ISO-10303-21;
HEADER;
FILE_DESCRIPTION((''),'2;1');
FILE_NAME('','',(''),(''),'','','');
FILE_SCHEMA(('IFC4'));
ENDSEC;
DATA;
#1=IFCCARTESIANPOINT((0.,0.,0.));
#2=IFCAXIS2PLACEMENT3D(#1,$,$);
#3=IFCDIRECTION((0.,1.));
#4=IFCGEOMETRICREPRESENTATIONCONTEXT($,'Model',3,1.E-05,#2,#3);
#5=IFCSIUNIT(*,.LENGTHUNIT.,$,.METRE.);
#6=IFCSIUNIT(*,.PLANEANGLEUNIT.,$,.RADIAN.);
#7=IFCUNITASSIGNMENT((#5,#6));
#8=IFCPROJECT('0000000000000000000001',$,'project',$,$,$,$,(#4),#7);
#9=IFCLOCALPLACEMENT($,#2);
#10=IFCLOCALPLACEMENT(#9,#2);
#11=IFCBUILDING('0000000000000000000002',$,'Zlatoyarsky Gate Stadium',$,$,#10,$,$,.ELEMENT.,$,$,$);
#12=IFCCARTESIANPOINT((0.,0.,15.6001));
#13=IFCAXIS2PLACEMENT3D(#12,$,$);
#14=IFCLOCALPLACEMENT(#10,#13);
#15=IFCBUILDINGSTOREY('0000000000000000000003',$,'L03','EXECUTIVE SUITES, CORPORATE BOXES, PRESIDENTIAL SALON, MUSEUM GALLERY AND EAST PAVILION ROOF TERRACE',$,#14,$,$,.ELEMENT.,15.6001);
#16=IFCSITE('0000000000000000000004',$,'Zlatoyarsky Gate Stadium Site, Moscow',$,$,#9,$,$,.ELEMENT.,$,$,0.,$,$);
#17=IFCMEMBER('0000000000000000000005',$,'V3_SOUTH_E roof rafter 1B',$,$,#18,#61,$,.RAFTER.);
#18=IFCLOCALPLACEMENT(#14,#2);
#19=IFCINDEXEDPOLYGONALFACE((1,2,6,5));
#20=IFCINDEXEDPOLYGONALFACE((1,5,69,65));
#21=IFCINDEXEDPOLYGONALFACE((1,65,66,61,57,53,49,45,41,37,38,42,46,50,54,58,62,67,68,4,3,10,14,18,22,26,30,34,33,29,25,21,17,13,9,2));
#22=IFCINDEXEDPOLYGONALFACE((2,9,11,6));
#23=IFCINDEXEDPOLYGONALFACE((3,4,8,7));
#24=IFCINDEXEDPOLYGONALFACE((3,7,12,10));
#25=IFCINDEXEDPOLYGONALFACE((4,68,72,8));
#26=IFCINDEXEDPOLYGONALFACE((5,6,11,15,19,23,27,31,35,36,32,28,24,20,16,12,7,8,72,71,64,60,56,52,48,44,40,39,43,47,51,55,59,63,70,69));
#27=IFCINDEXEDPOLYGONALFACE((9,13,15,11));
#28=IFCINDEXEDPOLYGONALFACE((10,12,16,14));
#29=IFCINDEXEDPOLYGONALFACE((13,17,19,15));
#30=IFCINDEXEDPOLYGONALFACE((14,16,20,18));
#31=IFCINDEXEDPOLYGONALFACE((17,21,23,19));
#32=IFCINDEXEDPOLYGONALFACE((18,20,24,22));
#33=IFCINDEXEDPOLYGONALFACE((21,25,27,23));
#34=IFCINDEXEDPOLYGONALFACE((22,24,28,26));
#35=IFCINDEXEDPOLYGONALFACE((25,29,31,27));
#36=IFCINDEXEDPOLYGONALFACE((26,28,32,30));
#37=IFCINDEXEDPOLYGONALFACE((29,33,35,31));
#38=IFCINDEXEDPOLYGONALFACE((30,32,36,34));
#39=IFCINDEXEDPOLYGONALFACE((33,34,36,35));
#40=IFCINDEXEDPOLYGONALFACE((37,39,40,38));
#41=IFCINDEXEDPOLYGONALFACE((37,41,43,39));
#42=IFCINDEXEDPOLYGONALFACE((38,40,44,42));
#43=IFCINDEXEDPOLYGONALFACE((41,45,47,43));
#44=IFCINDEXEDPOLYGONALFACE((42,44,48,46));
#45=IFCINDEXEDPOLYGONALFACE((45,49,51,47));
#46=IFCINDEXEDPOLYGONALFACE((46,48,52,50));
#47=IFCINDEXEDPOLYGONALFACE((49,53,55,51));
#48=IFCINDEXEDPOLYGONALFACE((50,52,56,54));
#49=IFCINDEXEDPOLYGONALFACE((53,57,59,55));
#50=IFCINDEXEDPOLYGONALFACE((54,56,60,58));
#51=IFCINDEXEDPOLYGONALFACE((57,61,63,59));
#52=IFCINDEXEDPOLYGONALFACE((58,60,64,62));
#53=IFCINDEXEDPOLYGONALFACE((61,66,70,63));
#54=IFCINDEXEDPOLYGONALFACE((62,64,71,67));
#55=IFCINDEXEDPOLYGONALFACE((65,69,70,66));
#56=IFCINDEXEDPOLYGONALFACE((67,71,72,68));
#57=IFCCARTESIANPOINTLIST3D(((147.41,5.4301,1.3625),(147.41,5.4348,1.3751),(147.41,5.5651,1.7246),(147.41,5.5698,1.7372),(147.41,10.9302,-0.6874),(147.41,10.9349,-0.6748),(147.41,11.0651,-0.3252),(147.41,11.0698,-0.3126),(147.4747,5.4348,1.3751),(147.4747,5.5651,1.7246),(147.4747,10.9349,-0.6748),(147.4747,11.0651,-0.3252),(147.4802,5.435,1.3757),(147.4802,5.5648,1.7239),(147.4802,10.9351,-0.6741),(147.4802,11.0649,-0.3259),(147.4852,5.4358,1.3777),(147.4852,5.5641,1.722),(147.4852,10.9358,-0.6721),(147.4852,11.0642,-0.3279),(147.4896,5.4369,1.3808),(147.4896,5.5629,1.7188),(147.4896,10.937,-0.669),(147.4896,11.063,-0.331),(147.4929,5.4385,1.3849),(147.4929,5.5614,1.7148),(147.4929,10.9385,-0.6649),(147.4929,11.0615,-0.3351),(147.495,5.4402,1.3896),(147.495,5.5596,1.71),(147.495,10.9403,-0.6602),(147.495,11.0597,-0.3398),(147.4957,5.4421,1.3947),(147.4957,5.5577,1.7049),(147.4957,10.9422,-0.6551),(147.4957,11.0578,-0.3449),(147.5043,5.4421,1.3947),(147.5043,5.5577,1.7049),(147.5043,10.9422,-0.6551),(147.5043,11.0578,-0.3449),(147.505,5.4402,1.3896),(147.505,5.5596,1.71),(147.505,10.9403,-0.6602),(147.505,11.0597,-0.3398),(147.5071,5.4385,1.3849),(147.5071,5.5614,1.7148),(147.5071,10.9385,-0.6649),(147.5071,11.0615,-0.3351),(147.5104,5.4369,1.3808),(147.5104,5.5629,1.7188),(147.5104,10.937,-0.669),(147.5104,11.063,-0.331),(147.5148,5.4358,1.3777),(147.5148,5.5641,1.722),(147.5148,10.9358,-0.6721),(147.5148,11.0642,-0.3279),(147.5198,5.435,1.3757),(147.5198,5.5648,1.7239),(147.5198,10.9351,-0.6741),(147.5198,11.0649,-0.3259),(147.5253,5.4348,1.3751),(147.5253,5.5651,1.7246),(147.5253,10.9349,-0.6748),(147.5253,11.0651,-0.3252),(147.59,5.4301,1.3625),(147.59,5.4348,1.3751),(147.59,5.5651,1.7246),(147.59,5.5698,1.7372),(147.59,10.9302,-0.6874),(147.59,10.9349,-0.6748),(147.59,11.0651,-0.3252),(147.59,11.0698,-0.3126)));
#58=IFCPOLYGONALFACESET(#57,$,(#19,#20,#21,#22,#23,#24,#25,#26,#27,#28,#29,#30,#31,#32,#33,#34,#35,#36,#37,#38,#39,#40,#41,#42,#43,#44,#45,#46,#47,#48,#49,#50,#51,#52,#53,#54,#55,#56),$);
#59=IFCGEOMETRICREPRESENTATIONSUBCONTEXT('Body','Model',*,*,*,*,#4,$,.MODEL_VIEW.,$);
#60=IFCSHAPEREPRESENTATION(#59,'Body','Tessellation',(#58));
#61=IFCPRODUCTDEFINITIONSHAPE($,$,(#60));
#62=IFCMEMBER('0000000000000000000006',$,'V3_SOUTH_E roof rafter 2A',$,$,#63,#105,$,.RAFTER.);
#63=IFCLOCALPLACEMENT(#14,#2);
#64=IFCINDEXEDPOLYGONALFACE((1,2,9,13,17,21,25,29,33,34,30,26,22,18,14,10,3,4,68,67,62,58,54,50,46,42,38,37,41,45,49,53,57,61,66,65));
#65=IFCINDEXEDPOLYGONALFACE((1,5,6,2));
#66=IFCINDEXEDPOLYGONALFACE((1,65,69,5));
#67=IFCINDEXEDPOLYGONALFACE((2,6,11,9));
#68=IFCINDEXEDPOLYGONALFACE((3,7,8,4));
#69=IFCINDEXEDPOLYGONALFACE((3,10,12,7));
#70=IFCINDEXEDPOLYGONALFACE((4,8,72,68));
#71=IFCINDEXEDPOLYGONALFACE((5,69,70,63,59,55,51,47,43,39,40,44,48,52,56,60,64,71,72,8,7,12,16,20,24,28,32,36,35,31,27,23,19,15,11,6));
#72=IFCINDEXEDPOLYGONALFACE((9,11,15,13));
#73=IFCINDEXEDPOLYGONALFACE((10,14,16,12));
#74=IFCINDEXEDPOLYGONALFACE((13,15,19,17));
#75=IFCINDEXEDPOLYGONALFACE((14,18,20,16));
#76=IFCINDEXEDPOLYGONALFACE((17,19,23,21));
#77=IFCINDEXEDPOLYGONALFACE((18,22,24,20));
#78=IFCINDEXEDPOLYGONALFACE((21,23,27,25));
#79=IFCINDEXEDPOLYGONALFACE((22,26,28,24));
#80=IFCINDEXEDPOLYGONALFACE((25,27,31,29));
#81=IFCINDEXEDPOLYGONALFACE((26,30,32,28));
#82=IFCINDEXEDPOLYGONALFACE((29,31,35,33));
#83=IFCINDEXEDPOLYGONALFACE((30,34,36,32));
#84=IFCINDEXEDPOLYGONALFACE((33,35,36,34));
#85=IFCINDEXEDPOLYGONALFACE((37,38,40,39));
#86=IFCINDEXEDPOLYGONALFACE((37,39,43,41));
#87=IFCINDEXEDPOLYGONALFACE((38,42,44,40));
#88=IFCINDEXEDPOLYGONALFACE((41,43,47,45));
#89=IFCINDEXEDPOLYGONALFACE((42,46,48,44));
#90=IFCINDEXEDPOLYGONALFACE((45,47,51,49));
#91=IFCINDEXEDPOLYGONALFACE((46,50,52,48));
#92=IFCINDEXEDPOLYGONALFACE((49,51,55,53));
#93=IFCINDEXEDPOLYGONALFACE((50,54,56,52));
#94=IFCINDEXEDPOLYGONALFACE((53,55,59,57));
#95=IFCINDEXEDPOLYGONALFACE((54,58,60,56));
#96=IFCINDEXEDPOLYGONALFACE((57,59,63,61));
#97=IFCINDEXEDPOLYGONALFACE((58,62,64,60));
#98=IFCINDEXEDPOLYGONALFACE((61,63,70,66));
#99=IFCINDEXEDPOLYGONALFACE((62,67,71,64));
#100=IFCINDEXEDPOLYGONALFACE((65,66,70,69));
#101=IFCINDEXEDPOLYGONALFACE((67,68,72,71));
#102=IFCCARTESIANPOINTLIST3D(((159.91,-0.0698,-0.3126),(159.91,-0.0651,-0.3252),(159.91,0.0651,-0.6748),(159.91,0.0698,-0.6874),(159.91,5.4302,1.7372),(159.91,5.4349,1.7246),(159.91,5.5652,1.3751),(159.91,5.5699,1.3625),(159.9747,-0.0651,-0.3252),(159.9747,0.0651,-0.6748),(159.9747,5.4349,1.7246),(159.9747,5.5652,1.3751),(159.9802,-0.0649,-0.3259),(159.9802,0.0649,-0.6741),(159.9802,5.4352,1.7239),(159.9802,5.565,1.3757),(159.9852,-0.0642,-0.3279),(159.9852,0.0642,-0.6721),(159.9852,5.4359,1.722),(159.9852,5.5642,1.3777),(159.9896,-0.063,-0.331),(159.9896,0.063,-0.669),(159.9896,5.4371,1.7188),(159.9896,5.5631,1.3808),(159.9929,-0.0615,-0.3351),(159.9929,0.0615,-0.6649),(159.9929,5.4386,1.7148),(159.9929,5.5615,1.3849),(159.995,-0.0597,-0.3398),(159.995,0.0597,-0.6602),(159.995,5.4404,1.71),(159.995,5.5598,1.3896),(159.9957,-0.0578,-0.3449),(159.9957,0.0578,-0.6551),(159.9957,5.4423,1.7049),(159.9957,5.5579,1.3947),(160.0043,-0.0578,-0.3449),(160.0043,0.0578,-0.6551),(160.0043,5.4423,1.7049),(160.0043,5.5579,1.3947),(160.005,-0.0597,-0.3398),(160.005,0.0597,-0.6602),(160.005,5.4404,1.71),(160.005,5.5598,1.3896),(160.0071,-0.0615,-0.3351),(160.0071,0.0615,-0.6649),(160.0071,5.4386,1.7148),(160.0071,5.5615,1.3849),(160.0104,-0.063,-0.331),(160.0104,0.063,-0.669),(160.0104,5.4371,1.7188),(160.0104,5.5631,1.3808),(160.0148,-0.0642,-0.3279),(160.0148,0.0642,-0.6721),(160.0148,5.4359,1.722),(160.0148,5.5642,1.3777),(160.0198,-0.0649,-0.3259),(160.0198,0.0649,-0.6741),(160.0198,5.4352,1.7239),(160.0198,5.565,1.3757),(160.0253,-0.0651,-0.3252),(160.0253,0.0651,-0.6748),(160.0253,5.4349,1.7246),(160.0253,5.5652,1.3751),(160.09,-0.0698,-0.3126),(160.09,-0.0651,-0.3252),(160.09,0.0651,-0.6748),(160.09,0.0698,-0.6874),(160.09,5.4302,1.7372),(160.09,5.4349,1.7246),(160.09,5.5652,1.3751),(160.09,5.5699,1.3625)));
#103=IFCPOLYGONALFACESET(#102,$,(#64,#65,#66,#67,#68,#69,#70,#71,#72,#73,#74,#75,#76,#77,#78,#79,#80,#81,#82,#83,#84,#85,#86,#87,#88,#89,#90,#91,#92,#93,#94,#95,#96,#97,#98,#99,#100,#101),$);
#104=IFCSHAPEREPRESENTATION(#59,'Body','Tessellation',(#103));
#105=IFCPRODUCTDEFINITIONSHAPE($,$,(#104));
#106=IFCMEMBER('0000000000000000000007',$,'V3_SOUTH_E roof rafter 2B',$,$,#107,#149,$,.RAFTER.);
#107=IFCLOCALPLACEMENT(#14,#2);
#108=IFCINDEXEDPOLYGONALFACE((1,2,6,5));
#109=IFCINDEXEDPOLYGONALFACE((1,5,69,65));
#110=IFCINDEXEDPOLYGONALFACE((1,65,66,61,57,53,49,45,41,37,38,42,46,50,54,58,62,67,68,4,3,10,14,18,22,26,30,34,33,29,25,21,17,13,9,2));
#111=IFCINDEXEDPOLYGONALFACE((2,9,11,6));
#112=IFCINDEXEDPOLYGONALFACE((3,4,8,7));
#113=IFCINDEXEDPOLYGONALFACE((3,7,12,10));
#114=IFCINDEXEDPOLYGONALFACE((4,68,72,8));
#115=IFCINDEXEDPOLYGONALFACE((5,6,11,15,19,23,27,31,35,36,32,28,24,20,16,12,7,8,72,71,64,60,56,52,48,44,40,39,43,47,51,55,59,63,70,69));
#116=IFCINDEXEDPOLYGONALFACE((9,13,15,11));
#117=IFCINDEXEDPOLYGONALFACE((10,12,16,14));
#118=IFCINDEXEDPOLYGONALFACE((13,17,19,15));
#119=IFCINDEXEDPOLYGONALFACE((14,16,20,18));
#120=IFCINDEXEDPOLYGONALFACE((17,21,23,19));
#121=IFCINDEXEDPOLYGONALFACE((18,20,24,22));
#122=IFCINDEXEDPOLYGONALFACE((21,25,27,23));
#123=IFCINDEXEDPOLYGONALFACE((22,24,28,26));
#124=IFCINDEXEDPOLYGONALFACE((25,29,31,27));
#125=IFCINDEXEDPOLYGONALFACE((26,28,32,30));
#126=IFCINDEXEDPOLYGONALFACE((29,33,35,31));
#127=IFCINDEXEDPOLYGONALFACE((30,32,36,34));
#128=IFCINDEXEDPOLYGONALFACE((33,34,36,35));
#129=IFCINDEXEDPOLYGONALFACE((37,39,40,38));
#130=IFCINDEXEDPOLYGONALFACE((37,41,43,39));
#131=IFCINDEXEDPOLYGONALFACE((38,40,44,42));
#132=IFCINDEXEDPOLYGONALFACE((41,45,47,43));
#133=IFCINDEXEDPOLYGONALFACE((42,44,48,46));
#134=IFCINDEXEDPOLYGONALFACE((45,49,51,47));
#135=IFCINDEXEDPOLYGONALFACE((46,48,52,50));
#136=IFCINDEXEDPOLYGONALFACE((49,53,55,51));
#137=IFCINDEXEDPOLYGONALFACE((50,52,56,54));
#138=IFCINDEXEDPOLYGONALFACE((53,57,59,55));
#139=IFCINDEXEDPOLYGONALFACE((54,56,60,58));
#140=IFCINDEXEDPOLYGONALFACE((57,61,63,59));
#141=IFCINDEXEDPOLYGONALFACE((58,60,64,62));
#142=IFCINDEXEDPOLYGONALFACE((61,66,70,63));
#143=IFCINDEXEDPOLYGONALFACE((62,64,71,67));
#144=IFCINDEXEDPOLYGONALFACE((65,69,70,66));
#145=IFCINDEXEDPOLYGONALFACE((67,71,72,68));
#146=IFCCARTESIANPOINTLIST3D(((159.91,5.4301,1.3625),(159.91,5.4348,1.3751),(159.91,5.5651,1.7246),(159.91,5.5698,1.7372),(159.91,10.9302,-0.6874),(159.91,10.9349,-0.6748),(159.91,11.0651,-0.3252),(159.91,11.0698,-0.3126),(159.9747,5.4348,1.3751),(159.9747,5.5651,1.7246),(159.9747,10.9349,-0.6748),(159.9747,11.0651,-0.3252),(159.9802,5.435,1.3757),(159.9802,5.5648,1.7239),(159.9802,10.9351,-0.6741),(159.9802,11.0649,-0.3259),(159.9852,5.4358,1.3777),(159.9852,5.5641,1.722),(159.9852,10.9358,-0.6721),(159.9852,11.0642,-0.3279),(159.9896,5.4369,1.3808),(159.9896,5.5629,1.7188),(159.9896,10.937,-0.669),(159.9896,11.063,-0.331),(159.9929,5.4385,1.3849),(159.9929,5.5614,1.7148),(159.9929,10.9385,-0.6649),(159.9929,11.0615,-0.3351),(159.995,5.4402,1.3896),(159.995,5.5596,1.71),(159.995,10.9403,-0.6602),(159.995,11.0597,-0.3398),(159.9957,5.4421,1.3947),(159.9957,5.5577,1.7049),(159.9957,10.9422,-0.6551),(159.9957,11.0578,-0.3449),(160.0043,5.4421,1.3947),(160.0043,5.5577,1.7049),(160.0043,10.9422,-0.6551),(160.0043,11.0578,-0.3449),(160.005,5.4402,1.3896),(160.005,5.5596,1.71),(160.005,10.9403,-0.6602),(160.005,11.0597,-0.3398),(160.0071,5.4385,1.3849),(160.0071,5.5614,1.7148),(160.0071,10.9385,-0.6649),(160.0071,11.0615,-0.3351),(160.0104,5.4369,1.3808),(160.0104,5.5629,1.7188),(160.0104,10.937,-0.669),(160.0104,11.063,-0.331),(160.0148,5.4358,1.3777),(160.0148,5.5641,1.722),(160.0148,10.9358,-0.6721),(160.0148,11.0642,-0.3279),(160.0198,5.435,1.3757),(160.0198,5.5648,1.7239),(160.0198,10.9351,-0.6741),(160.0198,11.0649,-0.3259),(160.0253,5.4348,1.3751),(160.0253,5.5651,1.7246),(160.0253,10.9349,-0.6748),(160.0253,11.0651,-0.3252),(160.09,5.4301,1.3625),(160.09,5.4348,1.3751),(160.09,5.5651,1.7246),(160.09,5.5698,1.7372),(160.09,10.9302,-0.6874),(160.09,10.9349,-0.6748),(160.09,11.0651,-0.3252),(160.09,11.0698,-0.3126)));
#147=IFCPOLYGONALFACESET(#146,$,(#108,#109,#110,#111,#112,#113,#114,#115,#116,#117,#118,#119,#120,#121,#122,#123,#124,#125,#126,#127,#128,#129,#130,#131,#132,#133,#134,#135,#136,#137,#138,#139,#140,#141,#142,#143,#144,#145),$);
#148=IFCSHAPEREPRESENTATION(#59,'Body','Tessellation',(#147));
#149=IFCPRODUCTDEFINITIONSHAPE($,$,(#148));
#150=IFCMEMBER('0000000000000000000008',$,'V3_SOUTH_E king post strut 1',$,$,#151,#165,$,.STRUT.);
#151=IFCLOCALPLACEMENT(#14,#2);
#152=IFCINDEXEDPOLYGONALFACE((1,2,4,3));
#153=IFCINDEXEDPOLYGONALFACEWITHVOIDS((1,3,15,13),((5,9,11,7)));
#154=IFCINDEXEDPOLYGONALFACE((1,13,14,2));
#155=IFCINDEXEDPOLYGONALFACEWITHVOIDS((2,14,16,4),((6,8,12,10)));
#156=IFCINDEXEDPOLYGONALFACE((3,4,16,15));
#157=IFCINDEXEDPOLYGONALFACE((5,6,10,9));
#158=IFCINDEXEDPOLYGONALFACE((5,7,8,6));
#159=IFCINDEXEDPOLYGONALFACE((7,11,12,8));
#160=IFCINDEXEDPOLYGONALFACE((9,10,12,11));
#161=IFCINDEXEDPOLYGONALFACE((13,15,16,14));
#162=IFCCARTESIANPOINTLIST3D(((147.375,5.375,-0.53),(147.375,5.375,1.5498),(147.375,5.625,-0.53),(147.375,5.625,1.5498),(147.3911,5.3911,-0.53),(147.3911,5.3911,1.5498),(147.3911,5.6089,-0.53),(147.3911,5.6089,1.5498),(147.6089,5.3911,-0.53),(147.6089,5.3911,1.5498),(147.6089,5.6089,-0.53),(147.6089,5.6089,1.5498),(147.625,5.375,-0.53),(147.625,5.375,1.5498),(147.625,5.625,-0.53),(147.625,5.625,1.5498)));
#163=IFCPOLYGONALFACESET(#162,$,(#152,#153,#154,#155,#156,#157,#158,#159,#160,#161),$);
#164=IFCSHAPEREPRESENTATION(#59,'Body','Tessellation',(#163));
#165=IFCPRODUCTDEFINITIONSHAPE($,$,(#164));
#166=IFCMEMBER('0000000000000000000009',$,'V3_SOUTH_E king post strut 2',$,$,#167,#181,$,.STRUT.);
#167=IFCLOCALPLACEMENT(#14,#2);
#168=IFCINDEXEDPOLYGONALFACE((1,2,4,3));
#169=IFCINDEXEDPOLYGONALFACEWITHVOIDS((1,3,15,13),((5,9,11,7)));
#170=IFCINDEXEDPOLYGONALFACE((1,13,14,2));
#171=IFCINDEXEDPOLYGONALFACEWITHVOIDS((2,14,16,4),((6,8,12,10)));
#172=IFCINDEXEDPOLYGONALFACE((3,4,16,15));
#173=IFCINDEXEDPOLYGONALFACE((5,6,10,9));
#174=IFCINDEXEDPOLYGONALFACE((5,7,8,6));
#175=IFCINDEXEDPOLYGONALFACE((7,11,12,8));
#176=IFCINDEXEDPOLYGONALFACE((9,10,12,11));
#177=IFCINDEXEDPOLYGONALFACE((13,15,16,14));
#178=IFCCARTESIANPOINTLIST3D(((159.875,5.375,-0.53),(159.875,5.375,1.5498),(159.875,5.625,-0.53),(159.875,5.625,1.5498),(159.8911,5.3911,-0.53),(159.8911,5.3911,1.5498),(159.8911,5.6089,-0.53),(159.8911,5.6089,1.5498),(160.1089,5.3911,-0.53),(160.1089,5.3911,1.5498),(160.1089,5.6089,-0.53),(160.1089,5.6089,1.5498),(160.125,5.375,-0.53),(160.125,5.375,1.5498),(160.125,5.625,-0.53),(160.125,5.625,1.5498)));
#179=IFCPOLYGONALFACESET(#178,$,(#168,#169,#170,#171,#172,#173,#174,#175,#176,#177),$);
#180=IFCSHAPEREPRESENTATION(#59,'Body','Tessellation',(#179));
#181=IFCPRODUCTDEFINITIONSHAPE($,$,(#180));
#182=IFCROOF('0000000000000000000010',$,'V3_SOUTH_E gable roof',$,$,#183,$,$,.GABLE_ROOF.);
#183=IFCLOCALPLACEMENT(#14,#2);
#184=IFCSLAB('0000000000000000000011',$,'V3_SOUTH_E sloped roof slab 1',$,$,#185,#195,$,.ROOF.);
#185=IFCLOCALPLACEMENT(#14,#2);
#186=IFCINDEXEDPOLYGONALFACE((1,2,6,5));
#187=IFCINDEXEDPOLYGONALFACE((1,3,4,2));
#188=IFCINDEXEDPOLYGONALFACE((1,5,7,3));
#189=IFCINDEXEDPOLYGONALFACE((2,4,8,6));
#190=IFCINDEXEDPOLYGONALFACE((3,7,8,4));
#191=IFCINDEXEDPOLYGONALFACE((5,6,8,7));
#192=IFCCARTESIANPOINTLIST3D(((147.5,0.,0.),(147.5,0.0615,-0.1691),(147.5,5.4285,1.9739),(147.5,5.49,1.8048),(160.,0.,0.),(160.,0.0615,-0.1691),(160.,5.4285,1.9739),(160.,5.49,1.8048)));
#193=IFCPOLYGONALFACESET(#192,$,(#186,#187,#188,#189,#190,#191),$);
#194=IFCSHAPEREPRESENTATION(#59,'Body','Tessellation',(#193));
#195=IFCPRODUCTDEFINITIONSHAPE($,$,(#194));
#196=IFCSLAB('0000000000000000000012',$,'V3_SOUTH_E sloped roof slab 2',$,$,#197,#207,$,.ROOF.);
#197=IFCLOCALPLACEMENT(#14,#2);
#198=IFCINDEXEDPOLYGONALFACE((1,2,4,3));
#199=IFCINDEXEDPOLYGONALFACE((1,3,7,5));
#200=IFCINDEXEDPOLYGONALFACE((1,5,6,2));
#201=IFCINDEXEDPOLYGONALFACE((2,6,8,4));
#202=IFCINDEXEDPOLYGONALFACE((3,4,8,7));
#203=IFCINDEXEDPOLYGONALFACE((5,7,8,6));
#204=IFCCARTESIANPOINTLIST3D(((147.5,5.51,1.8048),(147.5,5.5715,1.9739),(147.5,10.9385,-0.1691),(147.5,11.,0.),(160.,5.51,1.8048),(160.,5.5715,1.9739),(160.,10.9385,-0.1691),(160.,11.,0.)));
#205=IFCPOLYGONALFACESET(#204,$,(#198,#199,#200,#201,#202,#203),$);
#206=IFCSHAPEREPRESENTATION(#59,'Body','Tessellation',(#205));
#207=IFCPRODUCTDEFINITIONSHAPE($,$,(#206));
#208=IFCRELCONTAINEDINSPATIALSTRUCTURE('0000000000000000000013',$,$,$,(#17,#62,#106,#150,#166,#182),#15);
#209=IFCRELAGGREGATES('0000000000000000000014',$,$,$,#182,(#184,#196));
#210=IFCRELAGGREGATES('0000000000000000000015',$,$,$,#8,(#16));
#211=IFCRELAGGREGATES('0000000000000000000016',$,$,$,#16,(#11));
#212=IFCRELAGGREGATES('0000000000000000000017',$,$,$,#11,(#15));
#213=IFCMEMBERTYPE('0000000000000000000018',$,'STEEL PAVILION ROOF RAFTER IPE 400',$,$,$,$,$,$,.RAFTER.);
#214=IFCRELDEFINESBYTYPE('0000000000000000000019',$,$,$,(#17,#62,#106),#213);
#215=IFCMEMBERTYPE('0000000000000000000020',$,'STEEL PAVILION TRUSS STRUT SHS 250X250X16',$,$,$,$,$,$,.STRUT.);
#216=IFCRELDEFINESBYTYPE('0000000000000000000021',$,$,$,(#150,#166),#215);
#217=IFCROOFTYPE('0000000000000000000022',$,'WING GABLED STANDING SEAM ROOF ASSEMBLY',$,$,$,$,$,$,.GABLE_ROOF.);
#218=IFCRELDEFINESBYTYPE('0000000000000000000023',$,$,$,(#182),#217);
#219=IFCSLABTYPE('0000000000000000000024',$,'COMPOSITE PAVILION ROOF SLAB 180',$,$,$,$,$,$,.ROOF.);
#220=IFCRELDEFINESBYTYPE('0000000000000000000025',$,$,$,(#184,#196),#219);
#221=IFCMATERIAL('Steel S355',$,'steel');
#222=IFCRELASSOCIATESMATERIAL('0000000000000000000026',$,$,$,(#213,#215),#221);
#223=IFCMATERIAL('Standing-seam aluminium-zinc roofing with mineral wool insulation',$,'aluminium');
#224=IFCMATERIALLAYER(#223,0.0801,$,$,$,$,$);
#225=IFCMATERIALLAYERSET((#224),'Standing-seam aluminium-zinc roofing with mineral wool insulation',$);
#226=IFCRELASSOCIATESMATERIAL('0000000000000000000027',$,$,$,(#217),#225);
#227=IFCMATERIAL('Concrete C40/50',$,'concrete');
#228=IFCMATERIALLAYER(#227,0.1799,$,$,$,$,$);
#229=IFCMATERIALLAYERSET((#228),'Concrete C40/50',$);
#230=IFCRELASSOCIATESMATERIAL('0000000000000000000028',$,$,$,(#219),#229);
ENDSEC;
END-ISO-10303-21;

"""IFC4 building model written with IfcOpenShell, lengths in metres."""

from ifc_helpers import new_model, si_unit, direction, frame, origin, origin_2d, place, context, subcontext, project, spatial, polyline, hollow_rectangle, i_section, outline, extrude, material, layer, layer_set, material_profile, profile_set, type_object, element, aggregate, save


model = new_model("IFC4")

# Units and contexts
model_context = context("Model", 3, precision=1e-05, world=origin(), true_north=direction((0.0, 1.0)))
body_context = subcontext(model_context, "Body", "Model", "MODEL_VIEW")
ifc_project = project(units=[si_unit("LENGTHUNIT", "METRE"), si_unit("PLANEANGLEUNIT", "RADIAN")], contexts=[model_context])

# Site, building, storey
site_placement = place(None, origin())
site = spatial("IfcSite", under=ifc_project, at=site_placement, Name="Zlatoyarsky Gate Stadium Site, Moscow", CompositionType="ELEMENT", RefElevation=0.0)
building_placement = place(site_placement, origin())
building = spatial("IfcBuilding", under=site, at=building_placement, Name="Zlatoyarsky Gate Stadium", CompositionType="ELEMENT")
storey_placement = place(building_placement, frame((0.0, 0.0, 15.6001)))
storey = spatial("IfcBuildingStorey", under=building, at=storey_placement, Name="L03", Description="EXECUTIVE SUITES, CORPORATE BOXES, PRESIDENTIAL SALON, MUSEUM GALLERY AND EAST PAVILION ROOF TERRACE", CompositionType="ELEMENT", Elevation=15.6001)

# Shared definitions
ifc_material_1 = material(Name="Steel S355", Category="steel")

# Members
ifc_material_profile_1 = material_profile(ifc_material_1, i_section(OverallWidth=0.1799, OverallDepth=0.3999, WebThickness=0.0085, FlangeThickness=0.0134, FilletRadius=0.021, at=origin_2d()), Name="IPE 400")
ifc_profile_set_1 = profile_set([ifc_material_profile_1], Name="Steel S355")
member_type_1 = type_object("IfcMemberType", Name="STEEL PAVILION ROOF RAFTER IPE 400", PredefinedType="RAFTER", material=ifc_profile_set_1)
for number, where, z_axis, x_axis, name in (
    (1, (147.5, 11.0, -0.5), (0.0, -0.937038, 0.349226), (1.0, 0.0, 0.0), "V3_SOUTH_E roof rafter 1B"),
    (2, (160.0, 0.0, -0.5), (0.0, 0.937038, 0.349226), (-1.0, 0.0, 0.0), "V3_SOUTH_E roof rafter 2A"),
    (3, (160.0, 11.0, -0.5), (0.0, -0.937038, 0.349226), (1.0, 0.0, 0.0), "V3_SOUTH_E roof rafter 2B"),
):
    element("IfcMember", number, at=place(storey_placement, frame(where, z_axis=z_axis, x_axis=x_axis)), inside=storey, type_object=member_type_1, Name=name, PredefinedType="RAFTER", context=body_context, shape_type="SweptSolid", body=[
        extrude(i_section(OverallWidth=0.1799, OverallDepth=0.3999, WebThickness=0.0085, FlangeThickness=0.0134, FilletRadius=0.021, at=origin_2d()), origin(), (0.0, 0.0, 1.0), 5.8696),
    ])
ifc_material_profile_2 = material_profile(ifc_material_1, hollow_rectangle(XDim=0.25, YDim=0.25, WallThickness=0.0161, at=origin_2d()), Name="SHS 250X250X16")
ifc_profile_set_2 = profile_set([ifc_material_profile_2], Name="Steel S355")
member_type_2 = type_object("IfcMemberType", Name="STEEL PAVILION TRUSS STRUT SHS 250X250X16", PredefinedType="STRUT", material=ifc_profile_set_2)
for number, where, z_axis, x_axis, name in (
    (4, (147.5, 5.5, -0.53), (0.0, 0.0, 1.0), (1.0, 0.0, 0.0), "V3_SOUTH_E king post strut 1"),
    (5, (160.0, 5.5, -0.53), (0.0, 0.0, 1.0), (1.0, 0.0, 0.0), "V3_SOUTH_E king post strut 2"),
):
    element("IfcMember", number, at=place(storey_placement, frame(where, z_axis=z_axis, x_axis=x_axis)), inside=storey, type_object=member_type_2, Name=name, PredefinedType="STRUT", context=body_context, shape_type="SweptSolid", body=[
        extrude(hollow_rectangle(XDim=0.25, YDim=0.25, WallThickness=0.0161, at=origin_2d()), origin(), (0.0, 0.0, 1.0), 2.0798),
    ])

# Roof, slabs
ifc_material_2 = material(Name="Standing-seam aluminium-zinc roofing with mineral wool insulation", Category="aluminium")
ifc_layer_1 = layer(ifc_material_2, 0.0801)
ifc_layer_set_1 = layer_set([ifc_layer_1], Name="Standing-seam aluminium-zinc roofing with mineral wool insulation")
roof_type = type_object("IfcRoofType", Name="WING GABLED STANDING SEAM ROOF ASSEMBLY", PredefinedType="GABLE_ROOF", material=ifc_layer_set_1)
roof_placement = place(storey_placement, origin())
roof = element("IfcRoof", 6, at=roof_placement, inside=storey, type_object=roof_type, Name="V3_SOUTH_E gable roof", PredefinedType="GABLE_ROOF")
ifc_material_3 = material(Name="Concrete C40/50", Category="concrete")
ifc_layer_2 = layer(ifc_material_3, 0.1799)
ifc_layer_set_2 = layer_set([ifc_layer_2], Name="Concrete C40/50")
slab_type = type_object("IfcSlabType", Name="COMPOSITE PAVILION ROOF SLAB 180", PredefinedType="ROOF", material=ifc_layer_set_2)
slab_1_placement = place(storey_placement, frame((147.5, 0.0, 0.0), z_axis=(0.0, -0.341726, 0.9398), x_axis=(1.0, 0.0, 0.0)))
slab_1 = element("IfcSlab", 7, at=slab_1_placement, type_object=slab_type, Name="V3_SOUTH_E sloped roof slab 1", PredefinedType="ROOF", context=body_context, shape_type="SweptSolid", body=[
    extrude(outline(polyline([(0.0, 0.0), (12.5, 0.0), (12.5, 5.7762), (0.0, 5.7762), (0.0, 0.0)])), origin(), (0.0, 0.0, -1.0), 0.1799),
])
slab_2_placement = place(storey_placement, frame((160.0, 11.0, 0.0), z_axis=(0.0, 0.341726, 0.9398), x_axis=(-1.0, 0.0, 0.0)))
slab_2 = element("IfcSlab", 8, at=slab_2_placement, type_object=slab_type, Name="V3_SOUTH_E sloped roof slab 2", PredefinedType="ROOF", context=body_context, shape_type="SweptSolid", body=[
    extrude(outline(polyline([(0.0, 0.0), (12.5, 0.0), (12.5, 5.7762), (0.0, 5.7762), (0.0, 0.0)])), origin(), (0.0, 0.0, -1.0), 0.1799),
])

aggregate(roof, [slab_1, slab_2])

save(model, "model.ifc")
